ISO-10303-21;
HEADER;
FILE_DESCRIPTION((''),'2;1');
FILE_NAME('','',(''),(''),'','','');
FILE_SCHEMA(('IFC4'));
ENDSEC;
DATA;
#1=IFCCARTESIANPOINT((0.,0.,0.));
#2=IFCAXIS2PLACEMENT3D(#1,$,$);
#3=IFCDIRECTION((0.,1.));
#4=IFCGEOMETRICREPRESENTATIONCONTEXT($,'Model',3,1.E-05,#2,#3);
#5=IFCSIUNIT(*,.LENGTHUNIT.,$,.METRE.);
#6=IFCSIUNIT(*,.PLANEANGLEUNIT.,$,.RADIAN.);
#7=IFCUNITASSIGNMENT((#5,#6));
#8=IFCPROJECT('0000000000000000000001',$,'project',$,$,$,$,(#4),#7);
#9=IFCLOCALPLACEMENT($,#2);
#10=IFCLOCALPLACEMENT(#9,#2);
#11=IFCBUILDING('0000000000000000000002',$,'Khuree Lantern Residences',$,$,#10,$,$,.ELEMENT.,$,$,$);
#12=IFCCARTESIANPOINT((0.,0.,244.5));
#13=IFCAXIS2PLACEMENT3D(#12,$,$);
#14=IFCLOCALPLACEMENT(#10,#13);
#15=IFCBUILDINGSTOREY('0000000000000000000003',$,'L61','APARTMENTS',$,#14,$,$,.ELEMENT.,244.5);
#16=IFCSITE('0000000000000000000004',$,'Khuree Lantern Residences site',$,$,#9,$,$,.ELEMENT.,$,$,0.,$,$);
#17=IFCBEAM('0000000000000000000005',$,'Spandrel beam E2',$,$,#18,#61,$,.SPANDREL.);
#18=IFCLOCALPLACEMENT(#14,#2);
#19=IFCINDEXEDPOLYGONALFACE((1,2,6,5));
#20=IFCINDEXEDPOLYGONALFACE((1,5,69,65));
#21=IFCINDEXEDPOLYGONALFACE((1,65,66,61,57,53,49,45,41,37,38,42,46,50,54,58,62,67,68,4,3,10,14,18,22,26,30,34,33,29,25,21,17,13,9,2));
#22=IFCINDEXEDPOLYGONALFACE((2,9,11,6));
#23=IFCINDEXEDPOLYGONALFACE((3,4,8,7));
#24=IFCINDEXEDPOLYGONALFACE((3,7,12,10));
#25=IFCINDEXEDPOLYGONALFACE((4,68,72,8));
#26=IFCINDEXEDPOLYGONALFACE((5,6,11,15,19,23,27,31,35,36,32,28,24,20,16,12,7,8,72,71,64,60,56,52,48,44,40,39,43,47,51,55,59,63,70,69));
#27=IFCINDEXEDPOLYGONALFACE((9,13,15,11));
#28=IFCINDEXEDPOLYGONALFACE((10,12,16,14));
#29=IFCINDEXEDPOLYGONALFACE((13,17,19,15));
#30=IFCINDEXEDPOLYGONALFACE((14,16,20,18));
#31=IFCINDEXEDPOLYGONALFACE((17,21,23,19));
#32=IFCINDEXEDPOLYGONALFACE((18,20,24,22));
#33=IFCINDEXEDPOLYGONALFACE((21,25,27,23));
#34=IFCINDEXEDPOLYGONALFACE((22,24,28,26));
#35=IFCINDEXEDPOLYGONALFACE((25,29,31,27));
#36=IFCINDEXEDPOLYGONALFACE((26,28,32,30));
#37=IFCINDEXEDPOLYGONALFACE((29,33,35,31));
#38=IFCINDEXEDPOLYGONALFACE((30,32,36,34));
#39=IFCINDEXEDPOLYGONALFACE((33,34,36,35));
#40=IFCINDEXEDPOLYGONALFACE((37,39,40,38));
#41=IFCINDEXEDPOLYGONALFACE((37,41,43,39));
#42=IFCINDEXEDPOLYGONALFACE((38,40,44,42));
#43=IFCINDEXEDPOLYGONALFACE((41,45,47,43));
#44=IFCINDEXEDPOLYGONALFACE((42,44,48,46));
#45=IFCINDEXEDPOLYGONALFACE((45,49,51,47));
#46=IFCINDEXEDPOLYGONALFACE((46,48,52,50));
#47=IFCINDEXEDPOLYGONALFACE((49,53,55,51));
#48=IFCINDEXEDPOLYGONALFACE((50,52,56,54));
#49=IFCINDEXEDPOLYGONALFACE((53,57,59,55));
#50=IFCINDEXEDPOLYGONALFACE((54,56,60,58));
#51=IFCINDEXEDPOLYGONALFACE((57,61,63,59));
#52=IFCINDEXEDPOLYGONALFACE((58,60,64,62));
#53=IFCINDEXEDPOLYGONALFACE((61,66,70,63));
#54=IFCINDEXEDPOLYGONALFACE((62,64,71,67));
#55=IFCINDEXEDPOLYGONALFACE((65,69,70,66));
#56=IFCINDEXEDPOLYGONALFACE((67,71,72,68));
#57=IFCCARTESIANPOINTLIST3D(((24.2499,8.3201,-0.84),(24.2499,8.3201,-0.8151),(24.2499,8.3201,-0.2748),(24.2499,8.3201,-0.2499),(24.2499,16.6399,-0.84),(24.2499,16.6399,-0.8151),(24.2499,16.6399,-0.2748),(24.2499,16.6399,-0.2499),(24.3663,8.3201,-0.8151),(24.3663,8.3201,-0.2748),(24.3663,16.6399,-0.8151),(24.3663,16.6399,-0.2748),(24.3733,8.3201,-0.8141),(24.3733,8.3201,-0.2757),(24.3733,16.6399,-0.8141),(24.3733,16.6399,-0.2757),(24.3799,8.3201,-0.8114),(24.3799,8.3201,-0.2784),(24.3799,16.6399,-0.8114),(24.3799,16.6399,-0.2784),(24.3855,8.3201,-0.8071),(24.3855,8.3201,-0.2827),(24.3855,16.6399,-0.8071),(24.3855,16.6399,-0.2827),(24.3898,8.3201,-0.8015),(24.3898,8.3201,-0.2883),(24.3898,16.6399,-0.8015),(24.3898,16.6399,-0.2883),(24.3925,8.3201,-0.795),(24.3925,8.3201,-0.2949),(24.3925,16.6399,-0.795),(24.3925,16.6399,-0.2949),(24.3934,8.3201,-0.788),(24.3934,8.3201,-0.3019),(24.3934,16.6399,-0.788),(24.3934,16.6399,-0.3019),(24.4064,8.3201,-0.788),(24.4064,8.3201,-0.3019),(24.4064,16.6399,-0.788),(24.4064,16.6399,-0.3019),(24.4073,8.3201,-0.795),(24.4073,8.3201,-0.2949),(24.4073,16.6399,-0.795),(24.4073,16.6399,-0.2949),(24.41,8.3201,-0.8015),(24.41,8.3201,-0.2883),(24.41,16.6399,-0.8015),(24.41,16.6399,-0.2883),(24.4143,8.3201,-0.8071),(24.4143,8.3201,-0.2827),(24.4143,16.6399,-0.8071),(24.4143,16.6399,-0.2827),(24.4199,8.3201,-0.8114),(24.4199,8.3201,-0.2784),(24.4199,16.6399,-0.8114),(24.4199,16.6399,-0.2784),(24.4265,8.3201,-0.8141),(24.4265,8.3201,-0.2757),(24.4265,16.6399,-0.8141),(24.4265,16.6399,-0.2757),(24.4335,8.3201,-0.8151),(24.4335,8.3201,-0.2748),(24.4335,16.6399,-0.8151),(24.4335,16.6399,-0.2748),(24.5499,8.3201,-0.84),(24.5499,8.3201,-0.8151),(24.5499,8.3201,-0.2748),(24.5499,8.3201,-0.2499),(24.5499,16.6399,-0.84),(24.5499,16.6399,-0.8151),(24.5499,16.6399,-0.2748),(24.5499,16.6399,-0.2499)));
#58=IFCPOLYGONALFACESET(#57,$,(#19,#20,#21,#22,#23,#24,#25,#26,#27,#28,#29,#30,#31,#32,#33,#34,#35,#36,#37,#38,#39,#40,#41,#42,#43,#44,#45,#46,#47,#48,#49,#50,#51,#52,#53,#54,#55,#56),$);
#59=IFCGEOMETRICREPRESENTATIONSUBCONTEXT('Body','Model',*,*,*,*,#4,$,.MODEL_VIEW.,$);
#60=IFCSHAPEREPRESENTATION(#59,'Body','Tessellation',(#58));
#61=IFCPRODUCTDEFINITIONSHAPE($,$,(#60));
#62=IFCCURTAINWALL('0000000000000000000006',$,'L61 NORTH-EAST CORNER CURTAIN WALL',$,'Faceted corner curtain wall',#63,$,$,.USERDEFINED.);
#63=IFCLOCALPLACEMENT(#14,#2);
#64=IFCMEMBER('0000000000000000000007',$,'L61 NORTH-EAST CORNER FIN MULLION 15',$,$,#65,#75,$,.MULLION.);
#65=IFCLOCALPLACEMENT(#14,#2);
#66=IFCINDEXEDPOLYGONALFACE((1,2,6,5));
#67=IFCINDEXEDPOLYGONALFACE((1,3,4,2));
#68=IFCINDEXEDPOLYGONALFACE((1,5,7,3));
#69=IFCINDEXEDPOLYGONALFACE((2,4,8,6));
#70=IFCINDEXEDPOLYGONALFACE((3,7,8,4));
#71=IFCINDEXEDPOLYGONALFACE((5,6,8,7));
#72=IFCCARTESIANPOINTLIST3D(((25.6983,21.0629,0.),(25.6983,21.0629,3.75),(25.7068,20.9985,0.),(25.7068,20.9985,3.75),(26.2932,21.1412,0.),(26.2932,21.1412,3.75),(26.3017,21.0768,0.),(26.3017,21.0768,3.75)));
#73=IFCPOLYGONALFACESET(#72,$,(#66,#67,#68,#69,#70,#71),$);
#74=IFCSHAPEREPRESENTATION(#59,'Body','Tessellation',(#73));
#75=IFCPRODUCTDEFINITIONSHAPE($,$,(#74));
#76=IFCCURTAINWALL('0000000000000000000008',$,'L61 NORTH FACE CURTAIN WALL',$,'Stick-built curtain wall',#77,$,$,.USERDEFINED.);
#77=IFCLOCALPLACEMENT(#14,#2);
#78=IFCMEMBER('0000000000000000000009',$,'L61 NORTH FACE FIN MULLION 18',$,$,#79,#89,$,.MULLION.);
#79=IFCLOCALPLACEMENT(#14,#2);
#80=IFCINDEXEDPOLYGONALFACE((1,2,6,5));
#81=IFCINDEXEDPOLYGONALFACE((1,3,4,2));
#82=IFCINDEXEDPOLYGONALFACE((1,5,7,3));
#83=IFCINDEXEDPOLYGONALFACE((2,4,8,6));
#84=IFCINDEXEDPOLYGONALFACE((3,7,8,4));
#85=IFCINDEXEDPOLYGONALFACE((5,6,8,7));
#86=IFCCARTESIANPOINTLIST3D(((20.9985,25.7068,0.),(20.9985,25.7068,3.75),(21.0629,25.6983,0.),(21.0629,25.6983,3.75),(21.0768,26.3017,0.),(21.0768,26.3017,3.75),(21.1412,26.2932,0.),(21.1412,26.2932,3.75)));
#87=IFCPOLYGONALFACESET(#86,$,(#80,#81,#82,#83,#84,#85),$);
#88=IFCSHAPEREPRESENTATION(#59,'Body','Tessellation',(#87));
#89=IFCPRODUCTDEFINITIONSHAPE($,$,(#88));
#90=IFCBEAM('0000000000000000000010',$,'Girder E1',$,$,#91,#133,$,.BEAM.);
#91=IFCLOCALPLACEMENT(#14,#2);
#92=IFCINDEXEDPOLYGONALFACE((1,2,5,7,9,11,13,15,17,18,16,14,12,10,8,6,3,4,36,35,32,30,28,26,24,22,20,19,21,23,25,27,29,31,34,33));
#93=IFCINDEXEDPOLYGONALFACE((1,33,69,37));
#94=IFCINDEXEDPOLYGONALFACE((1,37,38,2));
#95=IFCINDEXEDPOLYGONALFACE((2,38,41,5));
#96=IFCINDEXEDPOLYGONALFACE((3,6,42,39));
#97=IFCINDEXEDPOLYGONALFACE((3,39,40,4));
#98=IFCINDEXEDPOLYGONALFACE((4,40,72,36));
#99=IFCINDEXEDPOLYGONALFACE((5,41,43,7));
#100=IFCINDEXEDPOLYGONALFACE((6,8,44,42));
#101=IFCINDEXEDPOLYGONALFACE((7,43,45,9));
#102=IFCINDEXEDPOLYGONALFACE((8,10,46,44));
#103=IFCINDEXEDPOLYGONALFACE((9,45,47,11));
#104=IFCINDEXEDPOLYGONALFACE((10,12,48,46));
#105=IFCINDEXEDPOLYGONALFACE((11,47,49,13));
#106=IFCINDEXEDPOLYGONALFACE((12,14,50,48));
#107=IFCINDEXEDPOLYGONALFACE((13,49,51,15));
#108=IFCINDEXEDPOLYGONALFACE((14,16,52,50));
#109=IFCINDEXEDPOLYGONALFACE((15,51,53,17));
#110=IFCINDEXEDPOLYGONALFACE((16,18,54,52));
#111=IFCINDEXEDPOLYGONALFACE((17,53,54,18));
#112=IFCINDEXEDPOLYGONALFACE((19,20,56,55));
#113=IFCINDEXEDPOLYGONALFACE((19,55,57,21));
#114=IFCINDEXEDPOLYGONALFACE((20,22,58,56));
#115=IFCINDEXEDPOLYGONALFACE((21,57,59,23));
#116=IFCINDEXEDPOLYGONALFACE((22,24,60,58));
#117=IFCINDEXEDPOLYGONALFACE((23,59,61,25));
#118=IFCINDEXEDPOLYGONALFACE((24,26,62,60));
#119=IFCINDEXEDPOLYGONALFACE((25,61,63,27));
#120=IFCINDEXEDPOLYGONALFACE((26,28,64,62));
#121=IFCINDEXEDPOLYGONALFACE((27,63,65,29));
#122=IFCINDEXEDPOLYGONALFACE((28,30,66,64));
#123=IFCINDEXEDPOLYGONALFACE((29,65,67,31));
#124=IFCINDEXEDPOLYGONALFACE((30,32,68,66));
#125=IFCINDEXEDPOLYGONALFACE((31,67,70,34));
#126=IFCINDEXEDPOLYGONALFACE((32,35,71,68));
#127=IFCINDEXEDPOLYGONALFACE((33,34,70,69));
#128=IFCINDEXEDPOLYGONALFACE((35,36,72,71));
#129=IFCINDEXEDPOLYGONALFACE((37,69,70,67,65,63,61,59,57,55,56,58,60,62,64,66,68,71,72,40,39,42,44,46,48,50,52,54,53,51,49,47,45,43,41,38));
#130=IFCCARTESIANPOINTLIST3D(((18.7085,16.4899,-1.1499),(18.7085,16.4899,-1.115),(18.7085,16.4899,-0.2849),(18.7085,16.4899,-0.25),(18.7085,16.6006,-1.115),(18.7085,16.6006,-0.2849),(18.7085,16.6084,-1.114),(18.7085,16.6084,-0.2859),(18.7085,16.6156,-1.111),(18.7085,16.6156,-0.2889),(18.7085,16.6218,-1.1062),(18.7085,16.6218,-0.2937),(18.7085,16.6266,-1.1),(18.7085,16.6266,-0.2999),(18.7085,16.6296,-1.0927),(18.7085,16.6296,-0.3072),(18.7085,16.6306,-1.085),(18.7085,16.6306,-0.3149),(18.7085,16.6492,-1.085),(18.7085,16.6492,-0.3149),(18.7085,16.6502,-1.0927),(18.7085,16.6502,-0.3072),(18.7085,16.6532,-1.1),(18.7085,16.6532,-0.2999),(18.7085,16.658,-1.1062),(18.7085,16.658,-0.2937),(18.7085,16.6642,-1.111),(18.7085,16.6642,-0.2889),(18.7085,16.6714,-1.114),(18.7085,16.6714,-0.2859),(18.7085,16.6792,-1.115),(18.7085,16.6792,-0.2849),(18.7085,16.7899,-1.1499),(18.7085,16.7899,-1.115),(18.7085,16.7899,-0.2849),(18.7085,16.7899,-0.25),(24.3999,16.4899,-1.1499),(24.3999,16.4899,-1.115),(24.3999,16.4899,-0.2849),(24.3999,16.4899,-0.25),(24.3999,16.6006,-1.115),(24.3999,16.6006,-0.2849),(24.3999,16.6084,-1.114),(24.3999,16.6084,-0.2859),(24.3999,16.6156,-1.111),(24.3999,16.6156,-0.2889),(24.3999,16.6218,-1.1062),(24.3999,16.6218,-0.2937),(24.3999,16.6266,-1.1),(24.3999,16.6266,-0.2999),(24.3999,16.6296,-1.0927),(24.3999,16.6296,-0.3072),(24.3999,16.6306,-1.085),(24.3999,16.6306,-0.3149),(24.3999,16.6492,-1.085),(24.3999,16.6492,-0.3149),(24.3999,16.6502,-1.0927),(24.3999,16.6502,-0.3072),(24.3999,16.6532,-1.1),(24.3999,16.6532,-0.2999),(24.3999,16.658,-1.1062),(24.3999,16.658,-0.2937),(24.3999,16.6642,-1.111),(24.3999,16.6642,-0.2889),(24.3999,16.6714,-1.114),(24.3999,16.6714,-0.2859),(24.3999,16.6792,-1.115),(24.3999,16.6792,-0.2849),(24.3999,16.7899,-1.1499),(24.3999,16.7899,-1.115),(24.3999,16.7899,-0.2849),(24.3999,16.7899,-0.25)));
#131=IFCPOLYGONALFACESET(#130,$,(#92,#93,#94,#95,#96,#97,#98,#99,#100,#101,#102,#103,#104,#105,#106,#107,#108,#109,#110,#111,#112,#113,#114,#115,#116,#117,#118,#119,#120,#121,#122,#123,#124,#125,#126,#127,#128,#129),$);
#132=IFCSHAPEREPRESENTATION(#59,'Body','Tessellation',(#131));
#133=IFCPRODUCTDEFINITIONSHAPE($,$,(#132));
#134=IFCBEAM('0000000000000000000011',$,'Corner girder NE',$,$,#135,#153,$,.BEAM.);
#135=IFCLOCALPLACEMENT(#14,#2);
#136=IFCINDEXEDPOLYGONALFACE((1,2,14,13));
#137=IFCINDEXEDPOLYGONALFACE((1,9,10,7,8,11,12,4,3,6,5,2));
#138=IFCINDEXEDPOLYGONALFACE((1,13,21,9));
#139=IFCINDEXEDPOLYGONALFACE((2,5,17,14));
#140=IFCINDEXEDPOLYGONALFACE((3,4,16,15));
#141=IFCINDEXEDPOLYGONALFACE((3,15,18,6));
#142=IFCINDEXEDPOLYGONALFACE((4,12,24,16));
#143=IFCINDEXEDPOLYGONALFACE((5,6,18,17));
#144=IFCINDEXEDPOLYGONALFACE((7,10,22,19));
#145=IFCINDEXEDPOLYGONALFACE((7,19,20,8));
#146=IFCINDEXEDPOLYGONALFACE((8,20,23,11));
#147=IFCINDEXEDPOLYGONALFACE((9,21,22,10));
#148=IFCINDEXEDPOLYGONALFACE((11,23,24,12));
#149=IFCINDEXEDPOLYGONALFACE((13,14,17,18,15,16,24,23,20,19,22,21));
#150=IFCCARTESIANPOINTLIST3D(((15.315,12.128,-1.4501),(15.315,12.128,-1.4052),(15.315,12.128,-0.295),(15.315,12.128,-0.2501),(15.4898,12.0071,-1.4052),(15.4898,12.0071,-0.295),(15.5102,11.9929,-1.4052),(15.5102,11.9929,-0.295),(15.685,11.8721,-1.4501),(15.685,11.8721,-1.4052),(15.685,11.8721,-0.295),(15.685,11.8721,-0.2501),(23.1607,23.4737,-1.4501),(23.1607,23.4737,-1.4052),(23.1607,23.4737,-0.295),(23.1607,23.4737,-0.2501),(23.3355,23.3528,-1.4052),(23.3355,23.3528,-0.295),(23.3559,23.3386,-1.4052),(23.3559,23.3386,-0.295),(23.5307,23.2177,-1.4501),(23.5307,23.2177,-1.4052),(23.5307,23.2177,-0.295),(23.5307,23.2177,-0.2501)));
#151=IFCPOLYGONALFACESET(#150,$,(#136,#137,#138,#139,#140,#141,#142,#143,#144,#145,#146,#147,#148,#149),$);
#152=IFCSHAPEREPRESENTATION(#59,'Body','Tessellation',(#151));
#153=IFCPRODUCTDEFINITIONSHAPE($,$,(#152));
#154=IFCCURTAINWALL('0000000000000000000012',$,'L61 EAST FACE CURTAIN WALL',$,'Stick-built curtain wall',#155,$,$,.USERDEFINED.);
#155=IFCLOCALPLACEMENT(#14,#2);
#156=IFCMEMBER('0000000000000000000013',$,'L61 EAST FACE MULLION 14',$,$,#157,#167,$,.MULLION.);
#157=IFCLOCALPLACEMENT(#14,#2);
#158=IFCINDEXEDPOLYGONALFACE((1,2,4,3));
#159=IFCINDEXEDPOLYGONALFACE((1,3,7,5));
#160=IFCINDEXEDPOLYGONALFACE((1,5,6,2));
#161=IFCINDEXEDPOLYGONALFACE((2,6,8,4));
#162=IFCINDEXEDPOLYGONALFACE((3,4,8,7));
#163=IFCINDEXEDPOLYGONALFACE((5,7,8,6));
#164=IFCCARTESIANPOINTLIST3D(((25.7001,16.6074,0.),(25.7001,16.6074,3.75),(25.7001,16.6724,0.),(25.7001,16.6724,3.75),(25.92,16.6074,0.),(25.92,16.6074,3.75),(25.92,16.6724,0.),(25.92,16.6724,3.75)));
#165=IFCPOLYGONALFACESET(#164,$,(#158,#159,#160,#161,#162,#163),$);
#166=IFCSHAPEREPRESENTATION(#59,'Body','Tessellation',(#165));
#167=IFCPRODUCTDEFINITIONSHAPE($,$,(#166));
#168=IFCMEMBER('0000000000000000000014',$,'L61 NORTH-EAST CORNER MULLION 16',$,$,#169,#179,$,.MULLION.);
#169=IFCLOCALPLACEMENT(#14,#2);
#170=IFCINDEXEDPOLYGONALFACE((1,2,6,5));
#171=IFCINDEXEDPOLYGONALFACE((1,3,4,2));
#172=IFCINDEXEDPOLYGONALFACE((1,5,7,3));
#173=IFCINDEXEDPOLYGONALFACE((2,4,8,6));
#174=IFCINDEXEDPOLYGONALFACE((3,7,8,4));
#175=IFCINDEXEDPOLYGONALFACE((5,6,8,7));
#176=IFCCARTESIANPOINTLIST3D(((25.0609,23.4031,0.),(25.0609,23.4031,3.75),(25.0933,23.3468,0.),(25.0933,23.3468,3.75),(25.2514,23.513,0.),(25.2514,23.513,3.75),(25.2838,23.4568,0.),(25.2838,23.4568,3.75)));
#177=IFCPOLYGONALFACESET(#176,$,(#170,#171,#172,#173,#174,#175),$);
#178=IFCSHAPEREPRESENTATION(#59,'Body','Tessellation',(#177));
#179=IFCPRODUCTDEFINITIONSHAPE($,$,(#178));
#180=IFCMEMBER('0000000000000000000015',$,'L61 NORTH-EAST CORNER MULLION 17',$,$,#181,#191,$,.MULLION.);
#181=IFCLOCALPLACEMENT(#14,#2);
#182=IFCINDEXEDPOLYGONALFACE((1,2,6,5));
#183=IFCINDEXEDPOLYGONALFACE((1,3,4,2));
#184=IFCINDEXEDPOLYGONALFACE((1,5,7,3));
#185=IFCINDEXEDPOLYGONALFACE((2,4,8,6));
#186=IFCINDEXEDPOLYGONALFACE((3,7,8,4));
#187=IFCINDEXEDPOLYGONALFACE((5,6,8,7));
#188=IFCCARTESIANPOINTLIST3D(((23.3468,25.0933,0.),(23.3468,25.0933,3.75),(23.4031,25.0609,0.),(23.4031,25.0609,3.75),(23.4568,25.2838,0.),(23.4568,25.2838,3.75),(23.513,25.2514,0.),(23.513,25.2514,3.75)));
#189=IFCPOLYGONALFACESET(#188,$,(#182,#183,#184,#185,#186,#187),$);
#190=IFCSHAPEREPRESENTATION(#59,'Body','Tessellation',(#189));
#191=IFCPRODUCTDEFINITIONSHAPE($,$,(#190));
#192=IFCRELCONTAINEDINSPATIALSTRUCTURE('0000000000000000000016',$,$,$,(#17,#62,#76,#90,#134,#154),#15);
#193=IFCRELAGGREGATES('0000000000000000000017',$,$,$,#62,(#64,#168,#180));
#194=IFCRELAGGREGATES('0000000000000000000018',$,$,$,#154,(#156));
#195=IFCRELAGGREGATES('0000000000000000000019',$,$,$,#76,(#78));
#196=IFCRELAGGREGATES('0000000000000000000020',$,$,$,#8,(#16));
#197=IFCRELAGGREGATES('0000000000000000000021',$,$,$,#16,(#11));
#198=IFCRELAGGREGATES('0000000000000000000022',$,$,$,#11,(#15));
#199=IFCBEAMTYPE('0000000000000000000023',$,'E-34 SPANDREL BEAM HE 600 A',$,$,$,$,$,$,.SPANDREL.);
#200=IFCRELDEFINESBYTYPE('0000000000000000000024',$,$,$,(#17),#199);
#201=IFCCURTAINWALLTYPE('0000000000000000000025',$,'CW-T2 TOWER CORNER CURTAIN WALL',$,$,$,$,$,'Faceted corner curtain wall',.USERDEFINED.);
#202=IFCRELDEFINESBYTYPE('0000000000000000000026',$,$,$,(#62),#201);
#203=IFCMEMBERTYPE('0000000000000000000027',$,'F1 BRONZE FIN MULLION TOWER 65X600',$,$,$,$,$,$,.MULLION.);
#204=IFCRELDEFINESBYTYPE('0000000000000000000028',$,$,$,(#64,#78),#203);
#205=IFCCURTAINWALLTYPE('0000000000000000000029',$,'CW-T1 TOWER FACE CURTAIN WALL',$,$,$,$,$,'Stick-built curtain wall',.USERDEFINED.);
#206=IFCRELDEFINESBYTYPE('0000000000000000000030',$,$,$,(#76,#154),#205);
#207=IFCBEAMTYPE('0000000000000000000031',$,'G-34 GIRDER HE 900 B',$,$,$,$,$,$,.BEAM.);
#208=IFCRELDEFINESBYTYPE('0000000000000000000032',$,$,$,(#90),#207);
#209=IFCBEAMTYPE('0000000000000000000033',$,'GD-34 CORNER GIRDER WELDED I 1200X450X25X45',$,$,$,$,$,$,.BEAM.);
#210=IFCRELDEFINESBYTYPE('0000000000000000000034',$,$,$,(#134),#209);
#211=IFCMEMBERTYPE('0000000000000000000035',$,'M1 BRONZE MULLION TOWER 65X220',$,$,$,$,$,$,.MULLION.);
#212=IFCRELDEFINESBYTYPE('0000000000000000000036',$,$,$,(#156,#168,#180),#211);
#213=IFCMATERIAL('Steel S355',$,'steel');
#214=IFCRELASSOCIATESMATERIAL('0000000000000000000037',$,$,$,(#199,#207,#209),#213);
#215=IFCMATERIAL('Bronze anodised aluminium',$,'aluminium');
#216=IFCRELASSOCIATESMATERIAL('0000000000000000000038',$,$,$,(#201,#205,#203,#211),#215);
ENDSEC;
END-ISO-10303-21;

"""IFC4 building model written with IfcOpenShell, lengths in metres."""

from ifc_helpers import new_model, si_unit, direction, frame, origin, origin_2d, place, context, subcontext, project, spatial, rectangle, i_section, extrude, material, material_profile, profile_set, type_object, element, aggregate, save


model = new_model("IFC4")

# Units and contexts
model_context = context("Model", 3, precision=1e-05, world=origin(), true_north=direction((0.0, 1.0)))
body_context = subcontext(model_context, "Body", "Model", "MODEL_VIEW")
ifc_project = project(units=[si_unit("LENGTHUNIT", "METRE"), si_unit("PLANEANGLEUNIT", "RADIAN")], contexts=[model_context])

# Site, building, storey
site_placement = place(None, origin())
site = spatial("IfcSite", under=ifc_project, at=site_placement, Name="Khuree Lantern Residences site", CompositionType="ELEMENT", RefElevation=0.0)
building_placement = place(site_placement, origin())
building = spatial("IfcBuilding", under=site, at=building_placement, Name="Khuree Lantern Residences", CompositionType="ELEMENT")
storey_placement = place(building_placement, frame((0.0, 0.0, 244.5)))
storey = spatial("IfcBuildingStorey", under=building, at=storey_placement, Name="L61", Description="APARTMENTS", CompositionType="ELEMENT", Elevation=244.5)

# Beam
ifc_material_1 = material(Name="Steel S355", Category="steel")
ifc_material_profile_1 = material_profile(ifc_material_1, i_section(OverallWidth=0.3, OverallDepth=0.5901, WebThickness=0.0129, FlangeThickness=0.0249, FilletRadius=0.0271, at=origin_2d()), Name="HE 600 A")
ifc_profile_set_1 = profile_set([ifc_material_profile_1], Name="Steel S355")
beam_type_1 = type_object("IfcBeamType", Name="E-34 SPANDREL BEAM HE 600 A", PredefinedType="SPANDREL", material=ifc_profile_set_1)
beam_1_placement = place(storey_placement, frame((24.3999, 16.6399, -0.5449), z_axis=(0.0, -1.0, 0.0), x_axis=(1.0, 0.0, 0.0)))
element("IfcBeam", 1, at=beam_1_placement, inside=storey, type_object=beam_type_1, Name="Spandrel beam E2", PredefinedType="SPANDREL", context=body_context, shape_type="SweptSolid", body=[
    extrude(i_section(OverallWidth=0.3, OverallDepth=0.5901, WebThickness=0.0129, FlangeThickness=0.0249, FilletRadius=0.0271, at=origin_2d()), origin(), (0.0, 0.0, 1.0), 8.3198),
])

# Curtain walls, members
ifc_material_2 = material(Name="Bronze anodised aluminium", Category="aluminium")
curtain_wall_type_1 = type_object("IfcCurtainWallType", Name="CW-T2 TOWER CORNER CURTAIN WALL", ElementType="Faceted corner curtain wall", PredefinedType="USERDEFINED", material=ifc_material_2)
curtain_wall_1_placement = place(storey_placement, origin())
curtain_wall_1 = element("IfcCurtainWall", 2, at=curtain_wall_1_placement, inside=storey, type_object=curtain_wall_type_1, Name="L61 NORTH-EAST CORNER CURTAIN WALL", ObjectType="Faceted corner curtain wall", PredefinedType="USERDEFINED")
ifc_material_profile_2 = material_profile(ifc_material_2, rectangle(XDim=0.0649, YDim=0.6001, at=origin_2d()), Name="F1 65X600")
ifc_profile_set_2 = profile_set([ifc_material_profile_2], Name="Bronze anodised aluminium")
member_type_1 = type_object("IfcMemberType", Name="F1 BRONZE FIN MULLION TOWER 65X600", PredefinedType="MULLION", material=ifc_profile_set_2)
member_1_placement = place(storey_placement, frame((26.0, 21.0698, 0.0), z_axis=(0.0, 0.0, 1.0), x_axis=(-0.130526, 0.991445, 0.0)))
member_1 = element("IfcMember", 3, at=member_1_placement, type_object=member_type_1, Name="L61 NORTH-EAST CORNER FIN MULLION 15", PredefinedType="MULLION", context=body_context, shape_type="SweptSolid", body=[
    extrude(rectangle(XDim=0.0649, YDim=0.6001, at=origin_2d()), origin(), (0.0, 0.0, 1.0), 3.75),
])
curtain_wall_type_2 = type_object("IfcCurtainWallType", Name="CW-T1 TOWER FACE CURTAIN WALL", ElementType="Stick-built curtain wall", PredefinedType="USERDEFINED", material=ifc_material_2)
curtain_wall_2_placement = place(storey_placement, origin())
curtain_wall_2 = element("IfcCurtainWall", 4, at=curtain_wall_2_placement, inside=storey, type_object=curtain_wall_type_2, Name="L61 NORTH FACE CURTAIN WALL", ObjectType="Stick-built curtain wall", PredefinedType="USERDEFINED")
member_2_placement = place(storey_placement, frame((21.0698, 26.0, 0.0), z_axis=(0.0, 0.0, 1.0), x_axis=(-0.991445, 0.130526, 0.0)))
member_2 = element("IfcMember", 5, at=member_2_placement, type_object=member_type_1, Name="L61 NORTH FACE FIN MULLION 18", PredefinedType="MULLION", context=body_context, shape_type="SweptSolid", body=[
    extrude(rectangle(XDim=0.0649, YDim=0.6001, at=origin_2d()), origin(), (0.0, 0.0, 1.0), 3.75),
])

# Beams
ifc_material_profile_3 = material_profile(ifc_material_1, i_section(OverallWidth=0.3, OverallDepth=0.8999, WebThickness=0.0186, FlangeThickness=0.0349, FilletRadius=0.03, at=origin_2d()), Name="HE 900 B")
ifc_profile_set_3 = profile_set([ifc_material_profile_3], Name="Steel S355")
beam_type_2 = type_object("IfcBeamType", Name="G-34 GIRDER HE 900 B", PredefinedType="BEAM", material=ifc_profile_set_3)
beam_2_placement = place(storey_placement, frame((24.3999, 16.6399, -0.7), z_axis=(-1.0, 0.0, 0.0), x_axis=(0.0, -1.0, 0.0)))
element("IfcBeam", 6, at=beam_2_placement, inside=storey, type_object=beam_type_2, Name="Girder E1", PredefinedType="BEAM", context=body_context, shape_type="SweptSolid", body=[
    extrude(i_section(OverallWidth=0.3, OverallDepth=0.8999, WebThickness=0.0186, FlangeThickness=0.0349, FilletRadius=0.03, at=origin_2d()), origin(), (0.0, 0.0, 1.0), 5.6914),
])
ifc_material_profile_4 = material_profile(ifc_material_1, i_section(OverallWidth=0.45, OverallDepth=1.2, WebThickness=0.0249, FlangeThickness=0.0449, at=origin_2d()), Name="WELDED I 1200X450X25X45")
ifc_profile_set_4 = profile_set([ifc_material_profile_4], Name="Steel S355")
beam_type_3 = type_object("IfcBeamType", Name="GD-34 CORNER GIRDER WELDED I 1200X450X25X45", PredefinedType="BEAM", material=ifc_profile_set_4)
beam_3_placement = place(storey_placement, frame((23.3457, 23.3457, -0.8501), z_axis=(-0.568768, -0.822498, 0.0), x_axis=(0.822498, -0.568768, 0.0)))
element("IfcBeam", 7, at=beam_3_placement, inside=storey, type_object=beam_type_3, Name="Corner girder NE", PredefinedType="BEAM", context=body_context, shape_type="SweptSolid", body=[
    extrude(i_section(OverallWidth=0.45, OverallDepth=1.2, WebThickness=0.0249, FlangeThickness=0.0449, at=origin_2d()), origin(), (0.0, 0.0, 1.0), 13.7942),
])

# Curtain wall, member
curtain_wall_3_placement = place(storey_placement, origin())
curtain_wall_3 = element("IfcCurtainWall", 8, at=curtain_wall_3_placement, inside=storey, type_object=curtain_wall_type_2, Name="L61 EAST FACE CURTAIN WALL", ObjectType="Stick-built curtain wall", PredefinedType="USERDEFINED")
ifc_material_profile_5 = material_profile(ifc_material_2, rectangle(XDim=0.0649, YDim=0.22, at=origin_2d()), Name="M1 65X220")
ifc_profile_set_5 = profile_set([ifc_material_profile_5], Name="Bronze anodised aluminium")
member_type_2 = type_object("IfcMemberType", Name="M1 BRONZE MULLION TOWER 65X220", PredefinedType="MULLION", material=ifc_profile_set_5)
member_3_placement = place(storey_placement, frame((25.8101, 16.6399, 0.0), z_axis=(0.0, 0.0, 1.0), x_axis=(0.0, 1.0, 0.0)))
member_3 = element("IfcMember", 9, at=member_3_placement, type_object=member_type_2, Name="L61 EAST FACE MULLION 14", PredefinedType="MULLION", context=body_context, shape_type="SweptSolid", body=[
    extrude(rectangle(XDim=0.0649, YDim=0.22, at=origin_2d()), origin(), (0.0, 0.0, 1.0), 3.75),
])

# Members
member_4_placement = place(storey_placement, frame((25.1724, 23.4299, 0.0), z_axis=(0.0, 0.0, 1.0), x_axis=(-0.5, 0.866025, 0.0)))
member_4 = element("IfcMember", 10, at=member_4_placement, type_object=member_type_2, Name="L61 NORTH-EAST CORNER MULLION 16", PredefinedType="MULLION", context=body_context, shape_type="SweptSolid", body=[
    extrude(rectangle(XDim=0.0649, YDim=0.22, at=origin_2d()), origin(), (0.0, 0.0, 1.0), 3.75),
])
member_5_placement = place(storey_placement, frame((23.4299, 25.1724, 0.0), z_axis=(0.0, 0.0, 1.0), x_axis=(-0.866025, 0.5, 0.0)))
member_5 = element("IfcMember", 11, at=member_5_placement, type_object=member_type_2, Name="L61 NORTH-EAST CORNER MULLION 17", PredefinedType="MULLION", context=body_context, shape_type="SweptSolid", body=[
    extrude(rectangle(XDim=0.0649, YDim=0.22, at=origin_2d()), origin(), (0.0, 0.0, 1.0), 3.75),
])

aggregate(curtain_wall_1, [member_1, member_4, member_5])
aggregate(curtain_wall_3, [member_3])
aggregate(curtain_wall_2, [member_2])

save(model, "model.ifc")
